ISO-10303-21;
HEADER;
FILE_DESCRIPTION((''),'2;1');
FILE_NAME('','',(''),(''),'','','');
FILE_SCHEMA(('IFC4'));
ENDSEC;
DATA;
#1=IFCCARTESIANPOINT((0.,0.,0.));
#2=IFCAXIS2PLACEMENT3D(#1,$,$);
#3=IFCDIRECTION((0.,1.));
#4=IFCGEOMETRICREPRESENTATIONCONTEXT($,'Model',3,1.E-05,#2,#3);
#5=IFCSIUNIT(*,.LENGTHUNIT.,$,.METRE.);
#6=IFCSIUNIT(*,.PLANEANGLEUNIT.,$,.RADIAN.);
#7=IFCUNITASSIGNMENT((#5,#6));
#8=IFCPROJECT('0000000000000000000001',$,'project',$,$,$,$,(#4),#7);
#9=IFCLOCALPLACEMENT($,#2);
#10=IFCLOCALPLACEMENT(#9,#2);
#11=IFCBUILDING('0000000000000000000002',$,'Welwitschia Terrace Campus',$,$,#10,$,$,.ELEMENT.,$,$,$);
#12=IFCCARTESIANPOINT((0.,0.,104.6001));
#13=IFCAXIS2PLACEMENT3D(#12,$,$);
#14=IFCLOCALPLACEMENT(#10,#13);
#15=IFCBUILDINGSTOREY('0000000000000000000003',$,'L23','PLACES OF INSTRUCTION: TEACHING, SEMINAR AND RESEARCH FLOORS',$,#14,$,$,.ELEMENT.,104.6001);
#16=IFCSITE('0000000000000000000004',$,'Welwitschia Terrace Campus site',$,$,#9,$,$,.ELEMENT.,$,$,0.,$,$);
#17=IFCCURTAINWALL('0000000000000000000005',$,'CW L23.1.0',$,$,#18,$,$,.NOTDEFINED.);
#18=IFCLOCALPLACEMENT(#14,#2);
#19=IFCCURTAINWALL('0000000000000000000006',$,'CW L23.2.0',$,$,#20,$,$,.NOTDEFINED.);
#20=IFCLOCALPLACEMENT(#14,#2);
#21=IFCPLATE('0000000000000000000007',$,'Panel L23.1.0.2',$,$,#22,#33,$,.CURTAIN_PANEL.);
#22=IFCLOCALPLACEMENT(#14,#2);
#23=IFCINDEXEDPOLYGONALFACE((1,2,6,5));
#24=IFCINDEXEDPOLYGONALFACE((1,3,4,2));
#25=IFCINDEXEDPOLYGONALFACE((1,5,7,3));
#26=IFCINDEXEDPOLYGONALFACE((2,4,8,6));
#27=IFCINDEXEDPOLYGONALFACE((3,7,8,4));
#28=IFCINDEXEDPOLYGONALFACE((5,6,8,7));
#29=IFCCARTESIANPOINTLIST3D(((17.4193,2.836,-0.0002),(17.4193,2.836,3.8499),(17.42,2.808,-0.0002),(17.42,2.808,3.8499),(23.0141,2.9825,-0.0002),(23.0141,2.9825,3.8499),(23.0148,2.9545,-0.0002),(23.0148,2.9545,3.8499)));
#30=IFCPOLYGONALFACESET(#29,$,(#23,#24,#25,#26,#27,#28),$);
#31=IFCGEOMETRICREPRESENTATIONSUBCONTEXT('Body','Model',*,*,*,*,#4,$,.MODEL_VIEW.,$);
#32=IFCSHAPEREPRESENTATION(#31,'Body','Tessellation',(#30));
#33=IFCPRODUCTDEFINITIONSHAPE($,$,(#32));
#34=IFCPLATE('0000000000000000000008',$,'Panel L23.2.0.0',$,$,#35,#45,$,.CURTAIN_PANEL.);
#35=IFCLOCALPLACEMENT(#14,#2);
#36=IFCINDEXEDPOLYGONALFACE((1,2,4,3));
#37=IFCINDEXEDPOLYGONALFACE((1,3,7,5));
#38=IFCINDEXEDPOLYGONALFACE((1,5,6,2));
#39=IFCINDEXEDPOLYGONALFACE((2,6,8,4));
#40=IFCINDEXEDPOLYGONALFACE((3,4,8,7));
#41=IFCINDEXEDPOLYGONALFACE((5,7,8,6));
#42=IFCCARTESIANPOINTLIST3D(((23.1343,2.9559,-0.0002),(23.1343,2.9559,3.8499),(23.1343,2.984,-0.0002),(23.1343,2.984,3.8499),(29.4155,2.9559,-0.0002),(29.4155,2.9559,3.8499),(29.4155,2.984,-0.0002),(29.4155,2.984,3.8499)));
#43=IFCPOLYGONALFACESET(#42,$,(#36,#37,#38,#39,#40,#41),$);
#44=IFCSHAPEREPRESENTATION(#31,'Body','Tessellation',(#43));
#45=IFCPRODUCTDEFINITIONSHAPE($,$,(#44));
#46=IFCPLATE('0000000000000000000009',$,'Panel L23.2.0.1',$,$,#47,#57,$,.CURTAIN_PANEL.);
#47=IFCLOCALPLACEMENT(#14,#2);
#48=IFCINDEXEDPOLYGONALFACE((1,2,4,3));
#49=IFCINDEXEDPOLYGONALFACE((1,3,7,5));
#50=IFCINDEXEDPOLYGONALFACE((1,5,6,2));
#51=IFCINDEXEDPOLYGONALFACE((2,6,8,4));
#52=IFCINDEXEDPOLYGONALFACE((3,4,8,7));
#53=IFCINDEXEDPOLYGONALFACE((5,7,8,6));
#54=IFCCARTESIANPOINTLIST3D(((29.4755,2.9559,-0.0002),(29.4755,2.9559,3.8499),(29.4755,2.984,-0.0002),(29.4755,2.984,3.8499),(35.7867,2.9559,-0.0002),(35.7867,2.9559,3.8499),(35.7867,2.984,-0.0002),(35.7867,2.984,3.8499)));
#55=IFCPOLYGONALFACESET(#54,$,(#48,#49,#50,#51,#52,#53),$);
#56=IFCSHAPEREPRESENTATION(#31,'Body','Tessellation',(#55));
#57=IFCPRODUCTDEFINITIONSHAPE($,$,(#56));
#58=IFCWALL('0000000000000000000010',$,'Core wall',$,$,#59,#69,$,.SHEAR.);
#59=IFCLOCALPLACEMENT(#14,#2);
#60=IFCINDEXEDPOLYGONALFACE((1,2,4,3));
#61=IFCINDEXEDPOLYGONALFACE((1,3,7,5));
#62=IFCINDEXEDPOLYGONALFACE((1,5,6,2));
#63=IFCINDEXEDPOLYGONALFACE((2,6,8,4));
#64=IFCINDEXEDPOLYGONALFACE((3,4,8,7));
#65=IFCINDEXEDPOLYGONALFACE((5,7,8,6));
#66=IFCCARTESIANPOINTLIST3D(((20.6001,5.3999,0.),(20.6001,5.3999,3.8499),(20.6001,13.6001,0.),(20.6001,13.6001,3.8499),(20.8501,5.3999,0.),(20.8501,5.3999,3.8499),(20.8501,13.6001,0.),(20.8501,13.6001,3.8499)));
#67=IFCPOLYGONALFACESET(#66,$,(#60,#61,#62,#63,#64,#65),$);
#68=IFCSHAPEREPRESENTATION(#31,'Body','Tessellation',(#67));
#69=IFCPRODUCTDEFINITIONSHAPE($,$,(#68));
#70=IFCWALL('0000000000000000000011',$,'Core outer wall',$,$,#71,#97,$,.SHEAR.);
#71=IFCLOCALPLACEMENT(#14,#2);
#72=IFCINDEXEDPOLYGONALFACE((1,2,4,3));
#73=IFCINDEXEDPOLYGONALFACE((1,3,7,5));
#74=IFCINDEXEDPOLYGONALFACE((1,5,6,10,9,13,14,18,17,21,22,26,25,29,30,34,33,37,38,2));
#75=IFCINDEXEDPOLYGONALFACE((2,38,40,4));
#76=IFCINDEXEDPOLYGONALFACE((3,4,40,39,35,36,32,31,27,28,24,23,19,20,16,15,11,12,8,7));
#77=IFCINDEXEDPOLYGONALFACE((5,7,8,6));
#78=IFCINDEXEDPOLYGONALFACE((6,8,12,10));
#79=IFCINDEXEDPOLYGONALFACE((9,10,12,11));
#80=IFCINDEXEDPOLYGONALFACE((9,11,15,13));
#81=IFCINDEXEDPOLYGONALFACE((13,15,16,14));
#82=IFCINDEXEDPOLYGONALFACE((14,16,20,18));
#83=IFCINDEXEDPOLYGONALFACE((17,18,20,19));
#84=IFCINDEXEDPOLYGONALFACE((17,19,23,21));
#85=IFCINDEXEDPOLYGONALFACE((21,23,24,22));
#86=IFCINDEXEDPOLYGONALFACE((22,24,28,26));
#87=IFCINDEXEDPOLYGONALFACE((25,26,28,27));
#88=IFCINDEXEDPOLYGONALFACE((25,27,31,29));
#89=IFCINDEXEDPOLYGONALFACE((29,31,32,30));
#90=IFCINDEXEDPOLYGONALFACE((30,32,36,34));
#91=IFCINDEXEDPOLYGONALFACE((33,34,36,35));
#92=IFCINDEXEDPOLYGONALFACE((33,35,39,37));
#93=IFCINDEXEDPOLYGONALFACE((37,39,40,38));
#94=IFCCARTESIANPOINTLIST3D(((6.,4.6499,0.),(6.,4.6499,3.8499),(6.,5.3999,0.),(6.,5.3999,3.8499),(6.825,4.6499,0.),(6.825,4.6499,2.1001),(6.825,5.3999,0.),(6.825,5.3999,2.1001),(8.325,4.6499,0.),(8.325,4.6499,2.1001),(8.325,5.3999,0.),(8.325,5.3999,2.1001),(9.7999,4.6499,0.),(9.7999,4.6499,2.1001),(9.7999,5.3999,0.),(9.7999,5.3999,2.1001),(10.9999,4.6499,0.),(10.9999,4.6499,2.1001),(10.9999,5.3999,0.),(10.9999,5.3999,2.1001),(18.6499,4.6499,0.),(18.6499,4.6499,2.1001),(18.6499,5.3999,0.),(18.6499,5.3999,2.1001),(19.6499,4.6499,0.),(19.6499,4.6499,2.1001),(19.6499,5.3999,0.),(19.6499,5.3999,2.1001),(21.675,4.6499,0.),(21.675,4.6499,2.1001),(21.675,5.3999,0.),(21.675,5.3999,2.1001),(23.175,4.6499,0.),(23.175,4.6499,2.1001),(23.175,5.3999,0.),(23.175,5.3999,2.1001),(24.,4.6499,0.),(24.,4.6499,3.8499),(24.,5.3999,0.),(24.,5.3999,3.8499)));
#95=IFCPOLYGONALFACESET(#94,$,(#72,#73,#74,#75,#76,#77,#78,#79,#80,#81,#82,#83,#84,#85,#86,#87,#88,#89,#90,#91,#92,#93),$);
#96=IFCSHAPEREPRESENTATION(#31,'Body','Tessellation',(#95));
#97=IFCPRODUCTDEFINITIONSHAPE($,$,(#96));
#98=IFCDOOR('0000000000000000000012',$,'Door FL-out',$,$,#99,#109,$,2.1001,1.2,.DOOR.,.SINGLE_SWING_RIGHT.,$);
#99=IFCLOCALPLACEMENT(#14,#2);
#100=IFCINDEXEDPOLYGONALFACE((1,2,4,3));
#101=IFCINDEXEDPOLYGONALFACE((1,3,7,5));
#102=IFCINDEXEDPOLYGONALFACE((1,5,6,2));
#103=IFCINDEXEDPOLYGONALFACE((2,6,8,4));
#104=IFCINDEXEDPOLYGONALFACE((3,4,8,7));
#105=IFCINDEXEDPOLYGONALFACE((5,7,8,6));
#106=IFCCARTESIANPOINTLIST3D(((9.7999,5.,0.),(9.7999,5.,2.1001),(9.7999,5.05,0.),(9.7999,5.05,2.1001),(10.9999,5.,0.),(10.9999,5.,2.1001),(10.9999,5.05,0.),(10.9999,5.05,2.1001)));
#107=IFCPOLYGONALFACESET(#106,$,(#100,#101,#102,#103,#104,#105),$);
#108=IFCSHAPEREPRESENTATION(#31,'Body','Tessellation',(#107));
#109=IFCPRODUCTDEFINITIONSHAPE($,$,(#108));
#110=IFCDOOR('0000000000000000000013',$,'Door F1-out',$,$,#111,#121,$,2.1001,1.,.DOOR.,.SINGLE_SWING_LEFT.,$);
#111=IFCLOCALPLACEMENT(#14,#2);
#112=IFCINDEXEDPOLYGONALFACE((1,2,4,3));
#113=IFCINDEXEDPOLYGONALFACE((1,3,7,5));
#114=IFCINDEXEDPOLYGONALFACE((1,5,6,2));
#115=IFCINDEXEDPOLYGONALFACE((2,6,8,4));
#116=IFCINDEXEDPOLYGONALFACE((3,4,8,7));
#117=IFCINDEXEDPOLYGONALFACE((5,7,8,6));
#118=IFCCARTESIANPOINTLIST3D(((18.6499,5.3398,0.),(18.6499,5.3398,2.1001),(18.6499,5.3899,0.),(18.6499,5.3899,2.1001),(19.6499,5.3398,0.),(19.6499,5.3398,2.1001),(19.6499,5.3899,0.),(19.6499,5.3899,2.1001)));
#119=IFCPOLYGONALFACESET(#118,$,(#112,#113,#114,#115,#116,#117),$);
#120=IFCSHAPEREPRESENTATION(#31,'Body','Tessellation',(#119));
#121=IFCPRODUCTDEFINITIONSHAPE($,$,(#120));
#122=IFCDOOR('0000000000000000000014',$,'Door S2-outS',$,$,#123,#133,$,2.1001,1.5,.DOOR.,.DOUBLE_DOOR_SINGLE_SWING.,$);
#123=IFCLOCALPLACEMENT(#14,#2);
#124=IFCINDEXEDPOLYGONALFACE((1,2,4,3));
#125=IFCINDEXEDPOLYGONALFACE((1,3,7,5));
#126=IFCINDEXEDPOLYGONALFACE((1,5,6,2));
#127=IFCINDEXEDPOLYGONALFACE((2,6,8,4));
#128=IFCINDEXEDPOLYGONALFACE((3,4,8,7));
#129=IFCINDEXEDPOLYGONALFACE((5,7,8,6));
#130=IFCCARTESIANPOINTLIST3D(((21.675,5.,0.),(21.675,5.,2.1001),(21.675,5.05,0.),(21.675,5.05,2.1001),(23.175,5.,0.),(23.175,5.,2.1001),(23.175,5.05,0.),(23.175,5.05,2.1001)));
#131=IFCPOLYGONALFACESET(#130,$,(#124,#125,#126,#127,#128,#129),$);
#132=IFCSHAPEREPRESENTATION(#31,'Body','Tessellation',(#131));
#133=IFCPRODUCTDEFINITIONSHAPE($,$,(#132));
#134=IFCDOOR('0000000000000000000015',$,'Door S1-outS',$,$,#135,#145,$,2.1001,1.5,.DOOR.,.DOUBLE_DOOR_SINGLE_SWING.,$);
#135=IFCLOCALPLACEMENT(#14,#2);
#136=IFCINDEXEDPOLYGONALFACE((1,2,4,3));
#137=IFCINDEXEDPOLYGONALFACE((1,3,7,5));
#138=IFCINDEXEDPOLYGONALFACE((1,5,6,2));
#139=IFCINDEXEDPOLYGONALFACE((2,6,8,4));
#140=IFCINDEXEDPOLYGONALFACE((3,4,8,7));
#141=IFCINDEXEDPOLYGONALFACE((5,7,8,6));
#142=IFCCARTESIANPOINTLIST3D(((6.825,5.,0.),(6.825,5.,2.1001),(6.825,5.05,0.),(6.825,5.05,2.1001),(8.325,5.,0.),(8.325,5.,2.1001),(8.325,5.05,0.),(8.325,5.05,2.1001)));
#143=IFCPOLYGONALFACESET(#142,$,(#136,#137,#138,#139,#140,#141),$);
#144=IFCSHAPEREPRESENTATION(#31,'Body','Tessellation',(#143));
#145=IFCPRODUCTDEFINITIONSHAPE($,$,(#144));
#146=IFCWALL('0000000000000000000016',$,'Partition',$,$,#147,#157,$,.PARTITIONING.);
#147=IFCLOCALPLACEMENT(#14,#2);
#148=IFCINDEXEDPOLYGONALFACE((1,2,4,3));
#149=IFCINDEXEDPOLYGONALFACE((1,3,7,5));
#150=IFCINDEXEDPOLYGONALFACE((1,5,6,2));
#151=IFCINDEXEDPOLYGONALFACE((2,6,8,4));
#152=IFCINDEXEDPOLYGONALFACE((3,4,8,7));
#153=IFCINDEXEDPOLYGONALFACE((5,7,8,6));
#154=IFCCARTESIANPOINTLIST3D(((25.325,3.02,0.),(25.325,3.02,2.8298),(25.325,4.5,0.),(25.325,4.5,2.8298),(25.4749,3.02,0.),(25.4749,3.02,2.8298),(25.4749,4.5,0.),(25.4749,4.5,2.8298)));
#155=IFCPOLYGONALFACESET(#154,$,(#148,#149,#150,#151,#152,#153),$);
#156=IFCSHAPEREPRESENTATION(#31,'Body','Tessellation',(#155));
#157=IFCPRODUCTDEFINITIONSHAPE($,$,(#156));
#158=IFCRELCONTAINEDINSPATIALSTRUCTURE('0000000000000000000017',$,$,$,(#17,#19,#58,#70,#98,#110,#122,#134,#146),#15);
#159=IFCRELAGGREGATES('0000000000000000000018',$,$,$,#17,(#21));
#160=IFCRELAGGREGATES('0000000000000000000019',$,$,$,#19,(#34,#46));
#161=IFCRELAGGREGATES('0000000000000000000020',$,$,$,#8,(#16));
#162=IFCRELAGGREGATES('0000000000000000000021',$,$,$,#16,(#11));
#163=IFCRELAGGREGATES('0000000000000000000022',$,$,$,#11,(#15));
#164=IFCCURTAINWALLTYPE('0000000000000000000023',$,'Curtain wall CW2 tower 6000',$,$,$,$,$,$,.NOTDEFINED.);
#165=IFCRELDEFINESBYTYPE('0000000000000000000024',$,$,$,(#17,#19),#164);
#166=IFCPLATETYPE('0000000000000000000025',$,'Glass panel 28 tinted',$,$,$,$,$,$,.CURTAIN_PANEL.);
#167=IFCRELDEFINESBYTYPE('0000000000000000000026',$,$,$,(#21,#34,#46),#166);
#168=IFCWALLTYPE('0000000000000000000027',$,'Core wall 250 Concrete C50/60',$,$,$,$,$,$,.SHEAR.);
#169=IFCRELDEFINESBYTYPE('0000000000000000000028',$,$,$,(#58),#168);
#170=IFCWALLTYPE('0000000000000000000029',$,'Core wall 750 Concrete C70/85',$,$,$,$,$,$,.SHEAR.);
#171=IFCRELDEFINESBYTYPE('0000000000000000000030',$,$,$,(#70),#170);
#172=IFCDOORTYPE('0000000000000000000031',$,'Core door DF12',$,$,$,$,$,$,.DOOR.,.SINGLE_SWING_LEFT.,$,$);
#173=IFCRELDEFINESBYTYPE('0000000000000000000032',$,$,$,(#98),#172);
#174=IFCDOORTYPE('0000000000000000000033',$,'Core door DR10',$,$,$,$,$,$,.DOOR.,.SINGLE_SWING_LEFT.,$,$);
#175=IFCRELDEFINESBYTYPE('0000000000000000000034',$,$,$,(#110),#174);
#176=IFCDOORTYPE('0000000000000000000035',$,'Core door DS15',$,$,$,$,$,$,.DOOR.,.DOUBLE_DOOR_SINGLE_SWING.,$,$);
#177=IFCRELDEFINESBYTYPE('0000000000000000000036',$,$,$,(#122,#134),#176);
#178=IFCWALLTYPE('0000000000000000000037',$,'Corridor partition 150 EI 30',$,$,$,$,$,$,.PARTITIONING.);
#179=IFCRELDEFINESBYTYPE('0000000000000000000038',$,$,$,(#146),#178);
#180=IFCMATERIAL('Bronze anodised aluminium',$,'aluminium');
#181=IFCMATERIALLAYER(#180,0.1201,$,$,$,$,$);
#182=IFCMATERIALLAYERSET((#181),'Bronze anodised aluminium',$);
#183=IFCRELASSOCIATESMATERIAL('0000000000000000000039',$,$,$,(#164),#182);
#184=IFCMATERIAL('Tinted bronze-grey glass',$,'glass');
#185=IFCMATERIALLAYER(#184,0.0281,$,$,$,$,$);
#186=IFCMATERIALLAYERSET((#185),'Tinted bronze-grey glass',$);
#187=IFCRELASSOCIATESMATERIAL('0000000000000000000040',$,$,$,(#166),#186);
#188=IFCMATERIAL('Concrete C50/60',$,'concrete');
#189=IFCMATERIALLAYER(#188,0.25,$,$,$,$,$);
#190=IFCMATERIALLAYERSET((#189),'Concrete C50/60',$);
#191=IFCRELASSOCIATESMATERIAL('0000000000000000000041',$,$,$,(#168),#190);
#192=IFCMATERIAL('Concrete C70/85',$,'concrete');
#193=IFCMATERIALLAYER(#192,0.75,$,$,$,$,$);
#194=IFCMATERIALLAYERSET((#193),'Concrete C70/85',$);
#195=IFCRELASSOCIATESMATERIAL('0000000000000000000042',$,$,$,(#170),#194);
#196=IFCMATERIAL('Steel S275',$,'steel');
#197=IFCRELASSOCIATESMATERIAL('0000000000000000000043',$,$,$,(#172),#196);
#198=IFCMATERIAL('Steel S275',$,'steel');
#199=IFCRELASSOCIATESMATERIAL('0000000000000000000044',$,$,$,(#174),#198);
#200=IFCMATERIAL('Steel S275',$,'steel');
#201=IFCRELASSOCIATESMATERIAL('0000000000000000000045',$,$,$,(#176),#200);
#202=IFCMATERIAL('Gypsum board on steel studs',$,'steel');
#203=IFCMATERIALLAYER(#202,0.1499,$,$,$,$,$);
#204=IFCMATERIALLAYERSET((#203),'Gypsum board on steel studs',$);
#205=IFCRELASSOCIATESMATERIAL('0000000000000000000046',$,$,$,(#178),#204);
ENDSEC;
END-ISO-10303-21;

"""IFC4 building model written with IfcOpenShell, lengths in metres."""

from ifc_helpers import new_model, si_unit, direction, frame, frame_2d, origin, origin_2d, place, context, subcontext, project, spatial, rectangle, extrude, material, layer, layer_set, type_object, element, fill, aggregate, save


model = new_model("IFC4")

# Units and contexts
model_context = context("Model", 3, precision=1e-05, world=origin(), true_north=direction((0.0, 1.0)))
body_context = subcontext(model_context, "Body", "Model", "MODEL_VIEW")
ifc_project = project(units=[si_unit("LENGTHUNIT", "METRE"), si_unit("PLANEANGLEUNIT", "RADIAN")], contexts=[model_context])

# Site, building, storey
site_placement = place(None, origin())
site = spatial("IfcSite", under=ifc_project, at=site_placement, Name="Welwitschia Terrace Campus site", CompositionType="ELEMENT", RefElevation=0.0)
building_placement = place(site_placement, origin())
building = spatial("IfcBuilding", under=site, at=building_placement, Name="Welwitschia Terrace Campus", CompositionType="ELEMENT")
storey_placement = place(building_placement, frame((0.0, 0.0, 104.6001)))
storey = spatial("IfcBuildingStorey", under=building, at=storey_placement, Name="L23", Description="PLACES OF INSTRUCTION: TEACHING, SEMINAR AND RESEARCH FLOORS", CompositionType="ELEMENT", Elevation=104.6001)

# Curtain wall
ifc_material_1 = material(Name="Bronze anodised aluminium", Category="aluminium")
ifc_layer_1 = layer(ifc_material_1, 0.1201)
ifc_layer_set_1 = layer_set([ifc_layer_1], Name="Bronze anodised aluminium")
curtain_wall_type = type_object("IfcCurtainWallType", Name="Curtain wall CW2 tower 6000", PredefinedType="NOTDEFINED", material=ifc_layer_set_1)
curtain_wall_1_placement = place(storey_placement, origin())
curtain_wall_1 = element("IfcCurtainWall", 1, at=curtain_wall_1_placement, inside=storey, type_object=curtain_wall_type, Name="CW L23.1.0", PredefinedType="NOTDEFINED")

# Curtain wall
curtain_wall_2_placement = place(storey_placement, origin())
curtain_wall_2 = element("IfcCurtainWall", 2, at=curtain_wall_2_placement, inside=storey, type_object=curtain_wall_type, Name="CW L23.2.0", PredefinedType="NOTDEFINED")

# Plates
ifc_material_2 = material(Name="Tinted bronze-grey glass", Category="glass")
ifc_layer_2 = layer(ifc_material_2, 0.0281)
ifc_layer_set_2 = layer_set([ifc_layer_2], Name="Tinted bronze-grey glass")
plate_type = type_object("IfcPlateType", Name="Glass panel 28 tinted", PredefinedType="CURTAIN_PANEL", material=ifc_layer_set_2)
plate_1_placement = place(storey_placement, frame((20.217, 2.8953, -0.0002), z_axis=(0.0, 0.0, 1.0), x_axis=(0.999657, 0.026177, 0.0)))
plate_1 = element("IfcPlate", 3, at=plate_1_placement, type_object=plate_type, Name="Panel L23.1.0.2", PredefinedType="CURTAIN_PANEL", context=body_context, shape_type="SweptSolid", body=[
    extrude(rectangle(XDim=5.5967, YDim=0.0281, at=origin_2d()), origin(), (0.0, 0.0, 1.0), 3.8501),
])
aggregate(curtain_wall_1, [plate_1])
plate_2_placement = place(storey_placement, frame((26.2749, 2.97, -0.0002), z_axis=(0.0, 0.0, 1.0), x_axis=(1.0, 0.0, 0.0)))
plate_2 = element("IfcPlate", 4, at=plate_2_placement, type_object=plate_type, Name="Panel L23.2.0.0", PredefinedType="CURTAIN_PANEL", context=body_context, shape_type="SweptSolid", body=[
    extrude(rectangle(XDim=6.2812, YDim=0.0281, at=origin_2d()), origin(), (0.0, 0.0, 1.0), 3.8501),
])
plate_3_placement = place(storey_placement, frame((32.6311, 2.97, -0.0002), z_axis=(0.0, 0.0, 1.0), x_axis=(1.0, 0.0, 0.0)))
plate_3 = element("IfcPlate", 5, at=plate_3_placement, type_object=plate_type, Name="Panel L23.2.0.1", PredefinedType="CURTAIN_PANEL", context=body_context, shape_type="SweptSolid", body=[
    extrude(rectangle(XDim=6.3113, YDim=0.0281, at=origin_2d()), origin(), (0.0, 0.0, 1.0), 3.8501),
])
aggregate(curtain_wall_2, [plate_2, plate_3])

# Wall
ifc_material_3 = material(Name="Concrete C50/60", Category="concrete")
ifc_layer_3 = layer(ifc_material_3, 0.25)
ifc_layer_set_3 = layer_set([ifc_layer_3], Name="Concrete C50/60")
wall_type_1 = type_object("IfcWallType", Name="Core wall 250 Concrete C50/60", PredefinedType="SHEAR", material=ifc_layer_set_3)
wall_1_placement = place(storey_placement, frame((20.7251, 5.3999, 0.0), z_axis=(0.0, 0.0, 1.0), x_axis=(0.0, 1.0, 0.0)))
element("IfcWall", 6, at=wall_1_placement, inside=storey, type_object=wall_type_1, Name="Core wall", PredefinedType="SHEAR", context=body_context, shape_type="SweptSolid", body=[
    extrude(rectangle(XDim=8.2002, YDim=0.25, at=frame_2d((4.1001, 0.0))), origin(), (0.0, 0.0, 1.0), 3.8499),
])

# Wall, openings, doors
ifc_material_4 = material(Name="Concrete C70/85", Category="concrete")
ifc_layer_4 = layer(ifc_material_4, 0.75)
ifc_layer_set_4 = layer_set([ifc_layer_4], Name="Concrete C70/85")
wall_type_2 = type_object("IfcWallType", Name="Core wall 750 Concrete C70/85", PredefinedType="SHEAR", material=ifc_layer_set_4)
wall_2_placement = place(storey_placement, frame((24.0, 5.0249, 0.0), z_axis=(0.0, 0.0, 1.0), x_axis=(-1.0, 0.0, 0.0)))
wall_2 = element("IfcWall", 7, at=wall_2_placement, inside=storey, type_object=wall_type_2, Name="Core outer wall", PredefinedType="SHEAR", context=body_context, shape_type="SweptSolid", body=[
    extrude(rectangle(XDim=18.0, YDim=0.75, at=frame_2d((9.0, 0.0))), origin(), (0.0, 0.0, 1.0), 3.8499),
])
opening_1_placement = place(wall_2_placement, frame((0.825, 0.0, 0.0)))
opening_1 = element("IfcOpeningElement", 8, at=opening_1_placement, cuts=wall_2, PredefinedType="OPENING", context=body_context, shape_type="SweptSolid", body=[
    extrude(rectangle(XDim=1.5, YDim=2.1001, at=frame_2d((0.75, 1.05))), frame((0.0, 0.385, 0.0), z_axis=(0.0, -1.0, 0.0), x_axis=(1.0, 0.0, 0.0)), (0.0, 0.0, 1.0), 0.77),
])
opening_2_placement = place(wall_2_placement, frame((15.675, 0.0, 0.0)))
opening_2 = element("IfcOpeningElement", 9, at=opening_2_placement, cuts=wall_2, PredefinedType="OPENING", context=body_context, shape_type="SweptSolid", body=[
    extrude(rectangle(XDim=1.5, YDim=2.1001, at=frame_2d((0.75, 1.05))), frame((0.0, 0.385, 0.0), z_axis=(0.0, -1.0, 0.0), x_axis=(1.0, 0.0, 0.0)), (0.0, 0.0, 1.0), 0.77),
])
opening_3_placement = place(wall_2_placement, frame((13.0, 0.0, 0.0)))
opening_3 = element("IfcOpeningElement", 10, at=opening_3_placement, cuts=wall_2, PredefinedType="OPENING", context=body_context, shape_type="SweptSolid", body=[
    extrude(rectangle(XDim=1.2, YDim=2.1001, at=frame_2d((0.6001, 1.05))), frame((0.0, 0.385, 0.0), z_axis=(0.0, -1.0, 0.0), x_axis=(1.0, 0.0, 0.0)), (0.0, 0.0, 1.0), 0.77),
])
opening_4_placement = place(wall_2_placement, frame((4.3501, 0.0, 0.0)))
opening_4 = element("IfcOpeningElement", 11, at=opening_4_placement, cuts=wall_2, PredefinedType="OPENING", context=body_context, shape_type="SweptSolid", body=[
    extrude(rectangle(XDim=1.0, YDim=2.1001, at=frame_2d((0.5, 1.05))), frame((0.0, 0.385, 0.0), z_axis=(0.0, -1.0, 0.0), x_axis=(1.0, 0.0, 0.0)), (0.0, 0.0, 1.0), 0.77),
])
ifc_material_5 = material(Name="Steel S275", Category="steel")
door_type_1 = type_object("IfcDoorType", Name="Core door DF12", OperationType="SINGLE_SWING_LEFT", PredefinedType="DOOR", material=ifc_material_5)
door_1_placement = place(opening_3_placement, origin())
door_1 = element("IfcDoor", 12, at=door_1_placement, inside=storey, type_object=door_type_1, Name="Door FL-out", OperationType="SINGLE_SWING_RIGHT", OverallHeight=2.1001, OverallWidth=1.2, PredefinedType="DOOR", context=body_context, shape_type="SweptSolid", body=[
    extrude(rectangle(XDim=1.2, YDim=2.1001, at=frame_2d((0.6001, 1.05))), frame((0.0, 0.0249, 0.0), z_axis=(0.0, -1.0, 0.0), x_axis=(1.0, 0.0, 0.0)), (0.0, 0.0, 1.0), 0.05),
])
fill(opening_3, door_1)
ifc_material_6 = material(Name="Steel S275", Category="steel")
door_type_2 = type_object("IfcDoorType", Name="Core door DR10", OperationType="SINGLE_SWING_LEFT", PredefinedType="DOOR", material=ifc_material_6)
door_2_placement = place(opening_4_placement, origin())
door_2 = element("IfcDoor", 13, at=door_2_placement, inside=storey, type_object=door_type_2, Name="Door F1-out", OperationType="SINGLE_SWING_LEFT", OverallHeight=2.1001, OverallWidth=1.0, PredefinedType="DOOR", context=body_context, shape_type="SweptSolid", body=[
    extrude(rectangle(XDim=1.0, YDim=2.1001, at=frame_2d((0.5, 1.05))), frame((0.0, -0.3149, 0.0), z_axis=(0.0, -1.0, 0.0), x_axis=(1.0, 0.0, 0.0)), (0.0, 0.0, 1.0), 0.05),
])
fill(opening_4, door_2)
ifc_material_7 = material(Name="Steel S275", Category="steel")
door_type_3 = type_object("IfcDoorType", Name="Core door DS15", OperationType="DOUBLE_DOOR_SINGLE_SWING", PredefinedType="DOOR", material=ifc_material_7)
door_3_placement = place(opening_1_placement, origin())
door_3 = element("IfcDoor", 14, at=door_3_placement, inside=storey, type_object=door_type_3, Name="Door S2-outS", OperationType="DOUBLE_DOOR_SINGLE_SWING", OverallHeight=2.1001, OverallWidth=1.5, PredefinedType="DOOR", context=body_context, shape_type="SweptSolid", body=[
    extrude(rectangle(XDim=1.5, YDim=2.1001, at=frame_2d((0.75, 1.05))), frame((0.0, 0.0249, 0.0), z_axis=(0.0, -1.0, 0.0), x_axis=(1.0, 0.0, 0.0)), (0.0, 0.0, 1.0), 0.05),
])
fill(opening_1, door_3)
door_4_placement = place(opening_2_placement, origin())
door_4 = element("IfcDoor", 15, at=door_4_placement, inside=storey, type_object=door_type_3, Name="Door S1-outS", OperationType="DOUBLE_DOOR_SINGLE_SWING", OverallHeight=2.1001, OverallWidth=1.5, PredefinedType="DOOR", context=body_context, shape_type="SweptSolid", body=[
    extrude(rectangle(XDim=1.5, YDim=2.1001, at=frame_2d((0.75, 1.05))), frame((0.0, 0.0249, 0.0), z_axis=(0.0, -1.0, 0.0), x_axis=(1.0, 0.0, 0.0)), (0.0, 0.0, 1.0), 0.05),
])
fill(opening_2, door_4)

# Wall
ifc_material_8 = material(Name="Gypsum board on steel studs", Category="steel")
ifc_layer_5 = layer(ifc_material_8, 0.1499)
ifc_layer_set_5 = layer_set([ifc_layer_5], Name="Gypsum board on steel studs")
wall_type_3 = type_object("IfcWallType", Name="Corridor partition 150 EI 30", PredefinedType="PARTITIONING", material=ifc_layer_set_5)
wall_3_placement = place(storey_placement, frame((25.3999, 3.02, 0.0), z_axis=(0.0, 0.0, 1.0), x_axis=(0.0, 1.0, 0.0)))
element("IfcWall", 16, at=wall_3_placement, inside=storey, type_object=wall_type_3, Name="Partition", PredefinedType="PARTITIONING", context=body_context, shape_type="SweptSolid", body=[
    extrude(rectangle(XDim=1.48, YDim=0.1499, at=frame_2d((0.74, 0.0))), origin(), (0.0, 0.0, 1.0), 2.8298),
])

save(model, "model.ifc")
